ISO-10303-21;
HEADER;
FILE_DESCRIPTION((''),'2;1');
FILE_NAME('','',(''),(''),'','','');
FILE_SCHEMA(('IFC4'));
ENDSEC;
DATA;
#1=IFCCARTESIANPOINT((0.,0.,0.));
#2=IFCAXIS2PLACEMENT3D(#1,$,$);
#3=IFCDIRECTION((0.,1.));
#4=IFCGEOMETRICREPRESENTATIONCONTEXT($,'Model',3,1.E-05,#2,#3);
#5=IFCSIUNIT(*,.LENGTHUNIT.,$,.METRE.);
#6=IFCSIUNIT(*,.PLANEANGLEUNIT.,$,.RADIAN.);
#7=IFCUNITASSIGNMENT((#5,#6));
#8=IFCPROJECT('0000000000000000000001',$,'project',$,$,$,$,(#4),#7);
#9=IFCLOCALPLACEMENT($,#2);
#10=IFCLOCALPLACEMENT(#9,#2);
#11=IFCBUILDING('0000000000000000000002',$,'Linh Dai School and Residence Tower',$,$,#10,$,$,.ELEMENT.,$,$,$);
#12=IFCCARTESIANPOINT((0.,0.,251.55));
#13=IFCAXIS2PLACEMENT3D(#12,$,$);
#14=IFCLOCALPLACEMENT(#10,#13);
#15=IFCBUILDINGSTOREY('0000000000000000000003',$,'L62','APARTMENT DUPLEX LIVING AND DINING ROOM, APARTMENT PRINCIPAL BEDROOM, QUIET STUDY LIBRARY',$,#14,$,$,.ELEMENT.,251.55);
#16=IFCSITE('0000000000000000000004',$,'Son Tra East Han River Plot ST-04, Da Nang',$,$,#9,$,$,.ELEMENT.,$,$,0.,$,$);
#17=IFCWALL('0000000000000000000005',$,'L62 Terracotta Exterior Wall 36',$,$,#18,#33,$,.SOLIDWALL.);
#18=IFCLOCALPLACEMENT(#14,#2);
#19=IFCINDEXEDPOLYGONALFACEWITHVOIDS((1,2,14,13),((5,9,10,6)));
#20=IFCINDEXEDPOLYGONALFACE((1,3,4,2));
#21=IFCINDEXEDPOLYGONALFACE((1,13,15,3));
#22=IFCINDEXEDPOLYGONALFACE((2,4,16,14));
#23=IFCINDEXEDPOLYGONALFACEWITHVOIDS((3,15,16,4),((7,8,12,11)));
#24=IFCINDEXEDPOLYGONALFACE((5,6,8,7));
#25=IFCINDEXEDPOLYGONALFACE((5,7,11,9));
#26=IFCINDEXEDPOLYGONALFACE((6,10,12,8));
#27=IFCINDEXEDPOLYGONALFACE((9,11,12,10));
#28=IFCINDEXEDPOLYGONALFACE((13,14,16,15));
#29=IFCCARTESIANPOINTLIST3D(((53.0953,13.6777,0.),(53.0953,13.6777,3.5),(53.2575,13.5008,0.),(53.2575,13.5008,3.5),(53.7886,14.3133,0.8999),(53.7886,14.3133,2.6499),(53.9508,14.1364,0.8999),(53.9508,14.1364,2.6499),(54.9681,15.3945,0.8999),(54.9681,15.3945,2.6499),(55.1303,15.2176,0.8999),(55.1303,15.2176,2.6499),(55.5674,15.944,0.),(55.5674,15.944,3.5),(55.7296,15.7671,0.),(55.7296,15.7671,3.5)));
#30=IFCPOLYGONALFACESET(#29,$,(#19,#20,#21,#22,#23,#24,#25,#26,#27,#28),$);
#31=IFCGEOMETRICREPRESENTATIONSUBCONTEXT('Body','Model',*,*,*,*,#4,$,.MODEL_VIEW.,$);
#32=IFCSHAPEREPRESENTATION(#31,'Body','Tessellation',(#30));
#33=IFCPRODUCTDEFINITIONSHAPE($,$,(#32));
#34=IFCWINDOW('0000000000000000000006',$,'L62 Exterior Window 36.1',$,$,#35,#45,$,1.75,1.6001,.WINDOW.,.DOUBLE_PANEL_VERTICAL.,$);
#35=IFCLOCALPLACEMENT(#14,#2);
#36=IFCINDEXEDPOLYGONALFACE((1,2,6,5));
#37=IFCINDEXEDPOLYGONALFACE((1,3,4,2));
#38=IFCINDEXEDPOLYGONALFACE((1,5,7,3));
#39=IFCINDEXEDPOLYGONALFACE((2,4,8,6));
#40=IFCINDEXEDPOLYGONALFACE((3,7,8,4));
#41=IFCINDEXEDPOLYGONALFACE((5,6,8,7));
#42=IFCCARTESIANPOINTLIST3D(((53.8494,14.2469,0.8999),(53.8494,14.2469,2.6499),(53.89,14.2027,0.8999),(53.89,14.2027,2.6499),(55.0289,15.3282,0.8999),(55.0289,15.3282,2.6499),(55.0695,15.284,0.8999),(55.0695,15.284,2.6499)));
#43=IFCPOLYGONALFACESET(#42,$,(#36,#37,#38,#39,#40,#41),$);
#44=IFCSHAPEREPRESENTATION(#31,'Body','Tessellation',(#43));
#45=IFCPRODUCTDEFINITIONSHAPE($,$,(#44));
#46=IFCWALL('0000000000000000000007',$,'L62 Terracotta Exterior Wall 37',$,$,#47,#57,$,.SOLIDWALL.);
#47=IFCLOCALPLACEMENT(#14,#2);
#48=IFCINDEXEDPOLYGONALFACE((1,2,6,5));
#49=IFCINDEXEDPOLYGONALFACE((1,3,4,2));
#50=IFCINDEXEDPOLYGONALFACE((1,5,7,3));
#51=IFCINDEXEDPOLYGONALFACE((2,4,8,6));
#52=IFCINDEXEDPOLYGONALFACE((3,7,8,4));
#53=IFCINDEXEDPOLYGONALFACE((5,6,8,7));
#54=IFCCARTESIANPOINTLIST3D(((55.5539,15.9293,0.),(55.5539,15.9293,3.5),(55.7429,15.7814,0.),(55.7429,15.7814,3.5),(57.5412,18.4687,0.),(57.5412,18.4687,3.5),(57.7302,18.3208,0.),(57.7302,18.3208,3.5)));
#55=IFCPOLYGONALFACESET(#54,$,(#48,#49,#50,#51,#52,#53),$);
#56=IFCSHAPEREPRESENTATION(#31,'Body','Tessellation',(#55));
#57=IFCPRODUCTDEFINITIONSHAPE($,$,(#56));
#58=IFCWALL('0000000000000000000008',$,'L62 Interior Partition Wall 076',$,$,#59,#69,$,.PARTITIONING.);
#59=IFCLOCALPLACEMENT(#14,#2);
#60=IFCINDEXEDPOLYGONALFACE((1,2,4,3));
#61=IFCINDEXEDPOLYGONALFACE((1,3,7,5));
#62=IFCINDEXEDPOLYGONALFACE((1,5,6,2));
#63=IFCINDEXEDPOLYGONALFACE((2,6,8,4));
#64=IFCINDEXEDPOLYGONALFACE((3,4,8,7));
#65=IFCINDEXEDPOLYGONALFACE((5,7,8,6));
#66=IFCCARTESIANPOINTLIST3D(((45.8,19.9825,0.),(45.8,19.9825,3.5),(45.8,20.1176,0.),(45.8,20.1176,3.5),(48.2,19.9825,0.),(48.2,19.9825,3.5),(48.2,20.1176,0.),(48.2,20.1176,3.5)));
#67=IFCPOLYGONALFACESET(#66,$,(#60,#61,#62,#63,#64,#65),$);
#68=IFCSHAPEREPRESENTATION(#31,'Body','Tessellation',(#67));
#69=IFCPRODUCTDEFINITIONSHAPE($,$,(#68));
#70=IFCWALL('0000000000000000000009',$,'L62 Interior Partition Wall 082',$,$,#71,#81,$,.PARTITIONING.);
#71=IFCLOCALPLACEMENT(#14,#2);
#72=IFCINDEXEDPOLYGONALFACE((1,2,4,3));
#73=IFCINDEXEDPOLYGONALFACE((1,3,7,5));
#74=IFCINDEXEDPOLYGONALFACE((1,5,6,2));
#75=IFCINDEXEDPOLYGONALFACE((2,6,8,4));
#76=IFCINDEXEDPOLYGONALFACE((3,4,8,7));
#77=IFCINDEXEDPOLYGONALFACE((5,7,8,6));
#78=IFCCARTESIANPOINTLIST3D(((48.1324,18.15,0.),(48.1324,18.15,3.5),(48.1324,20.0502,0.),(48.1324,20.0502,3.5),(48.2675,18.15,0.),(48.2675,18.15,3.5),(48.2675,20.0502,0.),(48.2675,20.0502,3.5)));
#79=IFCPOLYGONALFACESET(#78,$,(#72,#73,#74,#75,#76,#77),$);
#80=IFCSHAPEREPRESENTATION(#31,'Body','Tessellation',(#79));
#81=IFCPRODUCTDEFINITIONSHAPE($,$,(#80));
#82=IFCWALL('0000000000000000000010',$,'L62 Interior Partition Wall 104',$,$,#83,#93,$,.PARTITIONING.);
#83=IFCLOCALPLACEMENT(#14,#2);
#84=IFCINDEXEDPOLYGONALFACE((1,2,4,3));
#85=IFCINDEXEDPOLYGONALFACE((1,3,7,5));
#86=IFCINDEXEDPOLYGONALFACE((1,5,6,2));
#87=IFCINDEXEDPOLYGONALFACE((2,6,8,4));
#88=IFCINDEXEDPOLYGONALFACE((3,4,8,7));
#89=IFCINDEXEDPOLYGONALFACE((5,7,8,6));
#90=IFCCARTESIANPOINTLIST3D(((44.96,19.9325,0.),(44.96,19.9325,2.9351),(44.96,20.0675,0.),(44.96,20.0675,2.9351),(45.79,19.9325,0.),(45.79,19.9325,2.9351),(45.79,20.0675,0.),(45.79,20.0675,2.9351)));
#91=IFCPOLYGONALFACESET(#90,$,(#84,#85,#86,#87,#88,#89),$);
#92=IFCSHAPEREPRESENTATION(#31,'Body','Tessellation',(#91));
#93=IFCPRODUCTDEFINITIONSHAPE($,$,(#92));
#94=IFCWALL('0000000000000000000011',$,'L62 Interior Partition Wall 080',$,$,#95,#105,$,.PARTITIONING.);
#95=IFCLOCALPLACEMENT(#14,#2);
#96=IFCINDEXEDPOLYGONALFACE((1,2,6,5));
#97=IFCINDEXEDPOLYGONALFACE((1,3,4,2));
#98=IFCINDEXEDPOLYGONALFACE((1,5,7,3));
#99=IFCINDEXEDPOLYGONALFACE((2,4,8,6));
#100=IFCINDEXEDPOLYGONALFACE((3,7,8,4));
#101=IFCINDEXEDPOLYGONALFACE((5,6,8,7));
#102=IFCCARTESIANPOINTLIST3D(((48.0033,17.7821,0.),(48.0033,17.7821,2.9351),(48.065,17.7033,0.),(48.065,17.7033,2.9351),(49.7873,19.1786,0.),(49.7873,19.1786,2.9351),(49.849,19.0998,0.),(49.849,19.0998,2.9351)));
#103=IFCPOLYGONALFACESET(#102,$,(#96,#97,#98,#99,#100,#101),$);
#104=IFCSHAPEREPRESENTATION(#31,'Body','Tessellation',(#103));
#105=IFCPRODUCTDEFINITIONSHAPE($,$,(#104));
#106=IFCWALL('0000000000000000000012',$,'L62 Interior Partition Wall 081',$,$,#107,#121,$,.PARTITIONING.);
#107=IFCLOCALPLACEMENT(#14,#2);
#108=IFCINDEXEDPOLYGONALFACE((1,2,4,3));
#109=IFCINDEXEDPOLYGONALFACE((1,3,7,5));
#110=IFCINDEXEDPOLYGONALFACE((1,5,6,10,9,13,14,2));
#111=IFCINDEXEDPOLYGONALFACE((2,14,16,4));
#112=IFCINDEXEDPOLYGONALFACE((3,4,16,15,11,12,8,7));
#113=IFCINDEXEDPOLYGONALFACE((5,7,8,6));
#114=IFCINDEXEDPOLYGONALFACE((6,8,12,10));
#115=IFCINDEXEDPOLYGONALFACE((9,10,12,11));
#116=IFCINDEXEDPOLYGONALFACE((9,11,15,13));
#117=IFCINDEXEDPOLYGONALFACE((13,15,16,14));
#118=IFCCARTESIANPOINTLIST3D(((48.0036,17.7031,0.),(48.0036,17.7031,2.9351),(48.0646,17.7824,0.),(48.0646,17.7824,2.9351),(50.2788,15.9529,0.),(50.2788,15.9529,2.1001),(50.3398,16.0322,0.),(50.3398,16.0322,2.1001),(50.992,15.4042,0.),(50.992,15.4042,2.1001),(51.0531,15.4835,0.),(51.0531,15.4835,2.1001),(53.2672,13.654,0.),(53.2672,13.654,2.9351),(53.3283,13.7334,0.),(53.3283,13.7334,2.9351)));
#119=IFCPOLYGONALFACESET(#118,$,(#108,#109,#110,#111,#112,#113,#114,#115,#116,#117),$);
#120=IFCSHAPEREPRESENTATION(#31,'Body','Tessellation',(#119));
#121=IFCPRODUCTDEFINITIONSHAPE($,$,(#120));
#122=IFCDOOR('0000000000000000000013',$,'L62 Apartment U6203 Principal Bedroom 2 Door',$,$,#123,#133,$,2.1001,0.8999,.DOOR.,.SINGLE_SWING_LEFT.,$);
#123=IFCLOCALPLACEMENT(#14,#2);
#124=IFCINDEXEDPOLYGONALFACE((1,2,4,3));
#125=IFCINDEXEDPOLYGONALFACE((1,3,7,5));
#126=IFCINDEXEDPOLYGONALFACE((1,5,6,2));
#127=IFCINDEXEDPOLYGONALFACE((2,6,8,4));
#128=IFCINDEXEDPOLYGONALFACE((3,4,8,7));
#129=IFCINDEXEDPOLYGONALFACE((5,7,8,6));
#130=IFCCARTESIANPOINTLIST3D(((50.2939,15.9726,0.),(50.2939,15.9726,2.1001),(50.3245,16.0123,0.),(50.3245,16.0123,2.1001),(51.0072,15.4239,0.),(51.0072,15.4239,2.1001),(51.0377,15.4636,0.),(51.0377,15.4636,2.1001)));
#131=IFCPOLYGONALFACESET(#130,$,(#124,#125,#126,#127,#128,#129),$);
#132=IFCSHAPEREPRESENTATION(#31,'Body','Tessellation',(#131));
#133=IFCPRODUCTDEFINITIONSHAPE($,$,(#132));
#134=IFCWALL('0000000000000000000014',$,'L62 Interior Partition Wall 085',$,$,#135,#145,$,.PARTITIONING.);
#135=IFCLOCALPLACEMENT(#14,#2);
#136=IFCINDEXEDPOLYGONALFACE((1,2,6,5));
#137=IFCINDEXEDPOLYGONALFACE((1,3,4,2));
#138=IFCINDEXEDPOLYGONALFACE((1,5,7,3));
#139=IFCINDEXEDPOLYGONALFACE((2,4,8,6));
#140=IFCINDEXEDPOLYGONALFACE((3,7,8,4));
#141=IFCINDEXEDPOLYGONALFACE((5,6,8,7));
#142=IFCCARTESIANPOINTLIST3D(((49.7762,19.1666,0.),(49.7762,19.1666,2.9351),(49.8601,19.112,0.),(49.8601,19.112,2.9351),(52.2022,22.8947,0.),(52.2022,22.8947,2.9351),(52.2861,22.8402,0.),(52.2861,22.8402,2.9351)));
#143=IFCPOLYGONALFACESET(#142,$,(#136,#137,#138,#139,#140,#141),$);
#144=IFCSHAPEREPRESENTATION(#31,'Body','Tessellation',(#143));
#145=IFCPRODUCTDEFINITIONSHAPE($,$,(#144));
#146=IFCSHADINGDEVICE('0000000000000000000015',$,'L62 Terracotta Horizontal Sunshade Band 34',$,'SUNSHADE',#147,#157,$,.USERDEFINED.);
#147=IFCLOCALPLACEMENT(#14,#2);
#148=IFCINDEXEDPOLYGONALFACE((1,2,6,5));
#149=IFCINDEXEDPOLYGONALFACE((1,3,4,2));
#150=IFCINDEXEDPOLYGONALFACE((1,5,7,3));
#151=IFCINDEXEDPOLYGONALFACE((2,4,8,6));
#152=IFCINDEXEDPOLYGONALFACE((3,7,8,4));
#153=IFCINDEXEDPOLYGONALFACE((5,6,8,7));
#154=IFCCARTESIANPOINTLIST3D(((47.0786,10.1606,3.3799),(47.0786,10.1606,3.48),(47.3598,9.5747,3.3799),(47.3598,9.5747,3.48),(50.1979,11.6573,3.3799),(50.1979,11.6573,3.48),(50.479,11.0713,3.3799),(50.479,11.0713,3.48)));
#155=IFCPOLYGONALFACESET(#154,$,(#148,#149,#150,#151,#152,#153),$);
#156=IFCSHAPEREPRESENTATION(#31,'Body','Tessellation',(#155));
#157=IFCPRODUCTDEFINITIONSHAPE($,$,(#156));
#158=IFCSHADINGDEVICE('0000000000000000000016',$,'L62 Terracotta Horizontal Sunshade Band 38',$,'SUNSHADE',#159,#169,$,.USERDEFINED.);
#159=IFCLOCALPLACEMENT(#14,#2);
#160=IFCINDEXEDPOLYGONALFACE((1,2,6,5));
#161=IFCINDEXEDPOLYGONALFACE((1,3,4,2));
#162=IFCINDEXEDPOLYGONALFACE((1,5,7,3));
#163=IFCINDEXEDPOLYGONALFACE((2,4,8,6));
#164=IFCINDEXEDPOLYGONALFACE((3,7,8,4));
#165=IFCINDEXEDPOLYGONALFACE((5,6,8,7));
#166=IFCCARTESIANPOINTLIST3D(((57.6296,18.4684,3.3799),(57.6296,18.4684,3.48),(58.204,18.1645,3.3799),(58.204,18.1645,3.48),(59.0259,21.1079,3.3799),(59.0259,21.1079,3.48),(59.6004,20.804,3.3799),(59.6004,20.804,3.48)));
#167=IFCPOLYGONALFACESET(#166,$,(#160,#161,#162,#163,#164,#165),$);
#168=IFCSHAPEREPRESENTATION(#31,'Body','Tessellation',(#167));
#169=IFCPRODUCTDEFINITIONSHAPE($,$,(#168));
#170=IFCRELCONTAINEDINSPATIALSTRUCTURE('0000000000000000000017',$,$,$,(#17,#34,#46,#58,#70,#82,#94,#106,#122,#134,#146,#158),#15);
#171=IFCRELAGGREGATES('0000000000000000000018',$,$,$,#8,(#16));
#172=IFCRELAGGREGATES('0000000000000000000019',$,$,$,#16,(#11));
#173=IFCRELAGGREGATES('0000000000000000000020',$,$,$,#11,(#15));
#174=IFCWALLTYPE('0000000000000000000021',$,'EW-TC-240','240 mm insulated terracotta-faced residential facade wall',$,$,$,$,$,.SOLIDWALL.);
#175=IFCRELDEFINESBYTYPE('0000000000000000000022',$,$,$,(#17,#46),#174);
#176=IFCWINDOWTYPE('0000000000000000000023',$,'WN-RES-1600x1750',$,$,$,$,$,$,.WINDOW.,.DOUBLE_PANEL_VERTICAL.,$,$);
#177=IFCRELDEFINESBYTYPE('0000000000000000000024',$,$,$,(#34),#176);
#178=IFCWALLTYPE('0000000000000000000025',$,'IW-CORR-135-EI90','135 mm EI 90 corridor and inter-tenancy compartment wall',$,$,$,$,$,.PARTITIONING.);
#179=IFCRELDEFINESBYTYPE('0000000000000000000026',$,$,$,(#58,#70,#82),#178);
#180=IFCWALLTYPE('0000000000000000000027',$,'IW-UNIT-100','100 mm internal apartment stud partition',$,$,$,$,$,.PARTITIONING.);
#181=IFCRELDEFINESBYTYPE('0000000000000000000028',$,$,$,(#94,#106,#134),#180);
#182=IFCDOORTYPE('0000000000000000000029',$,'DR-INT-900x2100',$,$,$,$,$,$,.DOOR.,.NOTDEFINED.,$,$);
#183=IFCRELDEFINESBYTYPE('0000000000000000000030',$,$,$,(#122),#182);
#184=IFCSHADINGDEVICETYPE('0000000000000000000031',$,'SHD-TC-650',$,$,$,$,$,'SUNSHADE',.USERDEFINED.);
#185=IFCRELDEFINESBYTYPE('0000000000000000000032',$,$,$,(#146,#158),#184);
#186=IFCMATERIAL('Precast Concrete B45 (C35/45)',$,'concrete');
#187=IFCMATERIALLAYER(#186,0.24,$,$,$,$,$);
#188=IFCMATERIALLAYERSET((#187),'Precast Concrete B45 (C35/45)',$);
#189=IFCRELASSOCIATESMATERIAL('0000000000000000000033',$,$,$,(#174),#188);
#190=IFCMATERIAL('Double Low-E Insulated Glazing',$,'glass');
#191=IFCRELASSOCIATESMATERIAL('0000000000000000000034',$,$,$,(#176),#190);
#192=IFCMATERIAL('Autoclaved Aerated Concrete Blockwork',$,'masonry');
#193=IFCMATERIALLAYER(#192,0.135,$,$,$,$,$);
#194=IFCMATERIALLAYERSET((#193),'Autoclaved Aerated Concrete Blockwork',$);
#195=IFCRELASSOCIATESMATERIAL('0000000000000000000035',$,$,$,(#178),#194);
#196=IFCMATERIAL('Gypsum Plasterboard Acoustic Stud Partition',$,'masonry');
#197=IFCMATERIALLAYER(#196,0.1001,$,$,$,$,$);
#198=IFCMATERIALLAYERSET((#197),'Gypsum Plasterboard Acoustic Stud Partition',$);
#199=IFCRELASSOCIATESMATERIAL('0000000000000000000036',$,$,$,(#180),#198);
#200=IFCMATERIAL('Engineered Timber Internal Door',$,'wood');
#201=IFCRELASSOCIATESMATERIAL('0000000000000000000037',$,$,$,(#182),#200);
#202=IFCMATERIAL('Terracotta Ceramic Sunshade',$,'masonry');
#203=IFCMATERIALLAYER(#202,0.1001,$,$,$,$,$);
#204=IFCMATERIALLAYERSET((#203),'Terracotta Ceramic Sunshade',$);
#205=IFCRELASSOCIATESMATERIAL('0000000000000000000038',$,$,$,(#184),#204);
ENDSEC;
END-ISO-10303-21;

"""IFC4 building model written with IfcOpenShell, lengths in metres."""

from ifc_helpers import new_model, si_unit, direction, frame, frame_2d, origin, origin_2d, place, context, subcontext, project, spatial, rectangle, extrude, source, transform, mapped, material, layer, layer_set, type_object, element, fill, save


model = new_model("IFC4")

# Units and contexts
model_context = context("Model", 3, precision=1e-05, world=origin(), true_north=direction((0.0, 1.0)))
body_context = subcontext(model_context, "Body", "Model", "MODEL_VIEW")
ifc_project = project(units=[si_unit("LENGTHUNIT", "METRE"), si_unit("PLANEANGLEUNIT", "RADIAN")], contexts=[model_context])

# Site, building, storey
site_placement = place(None, origin())
site = spatial("IfcSite", under=ifc_project, at=site_placement, Name="Son Tra East Han River Plot ST-04, Da Nang", CompositionType="ELEMENT", RefElevation=0.0)
building_placement = place(site_placement, origin())
building = spatial("IfcBuilding", under=site, at=building_placement, Name="Linh Dai School and Residence Tower", CompositionType="ELEMENT")
storey_placement = place(building_placement, frame((0.0, 0.0, 251.55)))
storey = spatial("IfcBuildingStorey", under=building, at=storey_placement, Name="L62", Description="APARTMENT DUPLEX LIVING AND DINING ROOM, APARTMENT PRINCIPAL BEDROOM, QUIET STUDY LIBRARY", CompositionType="ELEMENT", Elevation=251.55)

# Shared definitions
ifc_material_1 = material(Name="Precast Concrete B45 (C35/45)", Category="concrete")

# Shared definitions
ifc_layer_1 = layer(ifc_material_1, 0.24)
ifc_layer_set_1 = layer_set([ifc_layer_1], Name="Precast Concrete B45 (C35/45)")
wall_type_1 = type_object("IfcWallType", Name="EW-TC-240", Description="240 mm insulated terracotta-faced residential facade wall", PredefinedType="SOLIDWALL", material=ifc_layer_set_1)

# Shared definitions
ifc_material_2 = material(Name="Double Low-E Insulated Glazing", Category="glass")

# Wall, opening, window
wall_1_placement = place(storey_placement, frame((55.6484, 15.8555, 0.0), z_axis=(0.0, 0.0, 1.0), x_axis=(-0.737124, -0.675758, 0.0)))
wall_1 = element("IfcWall", 1, at=wall_1_placement, inside=storey, type_object=wall_type_1, Name="L62 Terracotta Exterior Wall 36", PredefinedType="SOLIDWALL", context=body_context, shape_type="SweptSolid", body=[
    extrude(rectangle(XDim=3.3538, YDim=0.24, at=frame_2d((1.6768, 0.0))), origin(), (0.0, 0.0, 1.0), 3.5),
])
opening_1_placement = place(wall_1_placement, frame((0.813, 0.0, 0.8999)))
opening_1 = element("IfcOpeningElement", 2, at=opening_1_placement, cuts=wall_1, PredefinedType="OPENING", context=body_context, shape_type="SweptSolid", body=[
    extrude(rectangle(XDim=1.6001, YDim=1.75, at=origin_2d()), frame((0.8, 0.1299, 0.875), z_axis=(0.0, -1.0, 0.0), x_axis=(1.0, 0.0, 0.0)), (0.0, 0.0, 1.0), 0.26),
])
window_type_1 = type_object("IfcWindowType", Name="WN-RES-1600x1750", PartitioningType="DOUBLE_PANEL_VERTICAL", PredefinedType="WINDOW", material=ifc_material_2)
shared_shape_1 = source(origin(), body_context, "Body", "SweptSolid", [
    extrude(rectangle(XDim=1.6001, YDim=1.75, at=origin_2d()), frame((0.8, 0.03, 0.875), z_axis=(0.0, -1.0, 0.0), x_axis=(1.0, 0.0, 0.0)), (0.0, 0.0, 1.0), 0.0601),
])
window_1_placement = place(opening_1_placement, origin())
window_1 = element("IfcWindow", 3, at=window_1_placement, inside=storey, type_object=window_type_1, Name="L62 Exterior Window 36.1", OverallHeight=1.75, OverallWidth=1.6001, PartitioningType="DOUBLE_PANEL_VERTICAL", PredefinedType="WINDOW", context=body_context, shape_type="MappedRepresentation", body=[
    mapped(shared_shape_1, transform((0.0, 0.0, 0.0), x_axis=(1.0, 0.0, 0.0), y_axis=(0.0, 1.0, 0.0), z_axis=(0.0, 0.0, 1.0), scale=1.0)),
])
fill(opening_1, window_1)

# Walls
wall_2_placement = place(storey_placement, frame((57.6357, 18.3948, 0.0), z_axis=(0.0, 0.0, 1.0), x_axis=(-0.616312, -0.787502, 0.0)))
element("IfcWall", 4, at=wall_2_placement, inside=storey, type_object=wall_type_1, Name="L62 Terracotta Exterior Wall 37", PredefinedType="SOLIDWALL", context=body_context, shape_type="SweptSolid", body=[
    extrude(rectangle(XDim=3.2246, YDim=0.24, at=frame_2d((1.6123, 0.0))), origin(), (0.0, 0.0, 1.0), 3.5),
])
ifc_material_3 = material(Name="Autoclaved Aerated Concrete Blockwork", Category="masonry")
ifc_layer_2 = layer(ifc_material_3, 0.135)
ifc_layer_set_2 = layer_set([ifc_layer_2], Name="Autoclaved Aerated Concrete Blockwork")
wall_type_2 = type_object("IfcWallType", Name="IW-CORR-135-EI90", Description="135 mm EI 90 corridor and inter-tenancy compartment wall", PredefinedType="PARTITIONING", material=ifc_layer_set_2)
wall_3_placement = place(storey_placement, frame((45.8, 20.05, 0.0), z_axis=(0.0, 0.0, 1.0), x_axis=(1.0, 0.0, 0.0)))
element("IfcWall", 5, at=wall_3_placement, inside=storey, type_object=wall_type_2, Name="L62 Interior Partition Wall 076", PredefinedType="PARTITIONING", context=body_context, shape_type="SweptSolid", body=[
    extrude(rectangle(XDim=2.3999, YDim=0.135, at=frame_2d((1.2, 0.0))), origin(), (0.0, 0.0, 1.0), 3.5),
])
wall_4_placement = place(storey_placement, frame((48.2, 18.1499, 0.0), z_axis=(0.0, 0.0, 1.0), x_axis=(0.0, 1.0, 0.0)))
element("IfcWall", 6, at=wall_4_placement, inside=storey, type_object=wall_type_2, Name="L62 Interior Partition Wall 082", PredefinedType="PARTITIONING", context=body_context, shape_type="SweptSolid", body=[
    extrude(rectangle(XDim=1.9001, YDim=0.135, at=frame_2d((0.9502, 0.0))), origin(), (0.0, 0.0, 1.0), 3.5),
])
wall_5_placement = place(storey_placement, frame((44.96, 20.0, 0.0), z_axis=(0.0, 0.0, 1.0), x_axis=(1.0, 0.0, 0.0)))
element("IfcWall", 7, at=wall_5_placement, inside=storey, type_object=wall_type_2, Name="L62 Interior Partition Wall 104", PredefinedType="PARTITIONING", context=body_context, shape_type="SweptSolid", body=[
    extrude(rectangle(XDim=0.8301, YDim=0.135, at=frame_2d((0.415, 0.0))), origin(), (0.0, 0.0, 1.0), 2.9351),
])
ifc_material_4 = material(Name="Gypsum Plasterboard Acoustic Stud Partition", Category="masonry")
ifc_layer_3 = layer(ifc_material_4, 0.1001)
ifc_layer_set_3 = layer_set([ifc_layer_3], Name="Gypsum Plasterboard Acoustic Stud Partition")
wall_type_3 = type_object("IfcWallType", Name="IW-UNIT-100", Description="100 mm internal apartment stud partition", PredefinedType="PARTITIONING", material=ifc_layer_set_3)
wall_6_placement = place(storey_placement, frame((48.0342, 17.7427, 0.0), z_axis=(0.0, 0.0, 1.0), x_axis=(0.787428, 0.616407, 0.0)))
element("IfcWall", 8, at=wall_6_placement, inside=storey, type_object=wall_type_3, Name="L62 Interior Partition Wall 080", PredefinedType="PARTITIONING", context=body_context, shape_type="SweptSolid", body=[
    extrude(rectangle(XDim=2.2656, YDim=0.1001, at=frame_2d((1.1328, 0.0))), origin(), (0.0, 0.0, 1.0), 2.9351),
])

# Wall, opening, door
wall_7_placement = place(storey_placement, frame((48.0342, 17.7427, 0.0), z_axis=(0.0, 0.0, 1.0), x_axis=(0.792617, -0.60972, 0.0)))
wall_7 = element("IfcWall", 9, at=wall_7_placement, inside=storey, type_object=wall_type_3, Name="L62 Interior Partition Wall 081", PredefinedType="PARTITIONING", context=body_context, shape_type="SweptSolid", body=[
    extrude(rectangle(XDim=6.6409, YDim=0.1001, at=frame_2d((3.3203, 0.0))), origin(), (0.0, 0.0, 1.0), 2.9351),
])
opening_2_placement = place(wall_7_placement, frame((2.8704, 0.0, 0.0)))
opening_2 = element("IfcOpeningElement", 10, at=opening_2_placement, cuts=wall_7, PredefinedType="OPENING", context=body_context, shape_type="SweptSolid", body=[
    extrude(rectangle(XDim=0.8999, YDim=2.1001, at=origin_2d()), frame((0.45, 0.0601, 1.05), z_axis=(0.0, -1.0, 0.0), x_axis=(1.0, 0.0, 0.0)), (0.0, 0.0, 1.0), 0.1201),
])
ifc_material_5 = material(Name="Engineered Timber Internal Door", Category="wood")
door_type = type_object("IfcDoorType", Name="DR-INT-900x2100", OperationType="NOTDEFINED", PredefinedType="DOOR", material=ifc_material_5)
shared_shape_2 = source(origin(), body_context, "Body", "SweptSolid", [
    extrude(rectangle(XDim=0.8999, YDim=2.1001, at=origin_2d()), frame((0.45, 0.0249, 1.05), z_axis=(0.0, -1.0, 0.0), x_axis=(1.0, 0.0, 0.0)), (0.0, 0.0, 1.0), 0.05),
])
door_placement = place(opening_2_placement, origin())
door = element("IfcDoor", 11, at=door_placement, inside=storey, type_object=door_type, Name="L62 Apartment U6203 Principal Bedroom 2 Door", OperationType="SINGLE_SWING_LEFT", OverallHeight=2.1001, OverallWidth=0.8999, PredefinedType="DOOR", context=body_context, shape_type="MappedRepresentation", body=[
    mapped(shared_shape_2, transform((0.0, 0.0, 0.0), x_axis=(1.0, 0.0, 0.0), y_axis=(0.0, 1.0, 0.0), z_axis=(0.0, 0.0, 1.0), scale=1.0)),
])
fill(opening_2, door)

# Wall
wall_8_placement = place(storey_placement, frame((49.8181, 19.1392, 0.0), z_axis=(0.0, 0.0, 1.0), x_axis=(0.545407, 0.838171, 0.0)))
element("IfcWall", 12, at=wall_8_placement, inside=storey, type_object=wall_type_3, Name="L62 Interior Partition Wall 085", PredefinedType="PARTITIONING", context=body_context, shape_type="SweptSolid", body=[
    extrude(rectangle(XDim=4.448, YDim=0.1001, at=frame_2d((2.2241, 0.0))), origin(), (0.0, 0.0, 1.0), 2.9351),
])

# Shading devices
ifc_material_6 = material(Name="Terracotta Ceramic Sunshade", Category="masonry")
ifc_layer_4 = layer(ifc_material_6, 0.1001)
ifc_layer_set_4 = layer_set([ifc_layer_4], Name="Terracotta Ceramic Sunshade")
shading_device_type = type_object("IfcShadingDeviceType", Name="SHD-TC-650", ElementType="SUNSHADE", PredefinedType="USERDEFINED", material=ifc_layer_set_4)
shared_shape_3 = source(origin(), body_context, "Body", "SweptSolid", [
    extrude(rectangle(XDim=3.4597, YDim=0.6499, at=origin_2d()), origin(), (0.0, 0.0, 1.0), 0.1001),
])
shading_device_1_placement = place(storey_placement, frame((48.7788, 10.616, 3.3799), z_axis=(0.0, 0.0, 1.0), x_axis=(-0.901589, -0.432594, 0.0)))
element("IfcShadingDevice", 13, at=shading_device_1_placement, inside=storey, type_object=shading_device_type, Name="L62 Terracotta Horizontal Sunshade Band 34", ObjectType="SUNSHADE", PredefinedType="USERDEFINED", context=body_context, shape_type="MappedRepresentation", body=[
    mapped(shared_shape_3, transform((0.0, 0.0, 0.0), x_axis=(1.0, 0.0, 0.0), y_axis=(0.0, 1.0, 0.0), z_axis=(0.0, 0.0, 1.0), scale=1.0)),
])
shared_shape_4 = source(origin(), body_context, "Body", "SweptSolid", [
    extrude(rectangle(XDim=2.9861, YDim=0.6499, at=origin_2d()), origin(), (0.0, 0.0, 1.0), 0.1001),
])
shading_device_2_placement = place(storey_placement, frame((58.615, 19.6362, 3.3799), z_axis=(0.0, 0.0, 1.0), x_axis=(-0.467621, -0.883929, 0.0)))
element("IfcShadingDevice", 14, at=shading_device_2_placement, inside=storey, type_object=shading_device_type, Name="L62 Terracotta Horizontal Sunshade Band 38", ObjectType="SUNSHADE", PredefinedType="USERDEFINED", context=body_context, shape_type="MappedRepresentation", body=[
    mapped(shared_shape_4, transform((0.0, 0.0, 0.0), x_axis=(1.0, 0.0, 0.0), y_axis=(0.0, 1.0, 0.0), z_axis=(0.0, 0.0, 1.0), scale=1.0)),
])

save(model, "model.ifc")
